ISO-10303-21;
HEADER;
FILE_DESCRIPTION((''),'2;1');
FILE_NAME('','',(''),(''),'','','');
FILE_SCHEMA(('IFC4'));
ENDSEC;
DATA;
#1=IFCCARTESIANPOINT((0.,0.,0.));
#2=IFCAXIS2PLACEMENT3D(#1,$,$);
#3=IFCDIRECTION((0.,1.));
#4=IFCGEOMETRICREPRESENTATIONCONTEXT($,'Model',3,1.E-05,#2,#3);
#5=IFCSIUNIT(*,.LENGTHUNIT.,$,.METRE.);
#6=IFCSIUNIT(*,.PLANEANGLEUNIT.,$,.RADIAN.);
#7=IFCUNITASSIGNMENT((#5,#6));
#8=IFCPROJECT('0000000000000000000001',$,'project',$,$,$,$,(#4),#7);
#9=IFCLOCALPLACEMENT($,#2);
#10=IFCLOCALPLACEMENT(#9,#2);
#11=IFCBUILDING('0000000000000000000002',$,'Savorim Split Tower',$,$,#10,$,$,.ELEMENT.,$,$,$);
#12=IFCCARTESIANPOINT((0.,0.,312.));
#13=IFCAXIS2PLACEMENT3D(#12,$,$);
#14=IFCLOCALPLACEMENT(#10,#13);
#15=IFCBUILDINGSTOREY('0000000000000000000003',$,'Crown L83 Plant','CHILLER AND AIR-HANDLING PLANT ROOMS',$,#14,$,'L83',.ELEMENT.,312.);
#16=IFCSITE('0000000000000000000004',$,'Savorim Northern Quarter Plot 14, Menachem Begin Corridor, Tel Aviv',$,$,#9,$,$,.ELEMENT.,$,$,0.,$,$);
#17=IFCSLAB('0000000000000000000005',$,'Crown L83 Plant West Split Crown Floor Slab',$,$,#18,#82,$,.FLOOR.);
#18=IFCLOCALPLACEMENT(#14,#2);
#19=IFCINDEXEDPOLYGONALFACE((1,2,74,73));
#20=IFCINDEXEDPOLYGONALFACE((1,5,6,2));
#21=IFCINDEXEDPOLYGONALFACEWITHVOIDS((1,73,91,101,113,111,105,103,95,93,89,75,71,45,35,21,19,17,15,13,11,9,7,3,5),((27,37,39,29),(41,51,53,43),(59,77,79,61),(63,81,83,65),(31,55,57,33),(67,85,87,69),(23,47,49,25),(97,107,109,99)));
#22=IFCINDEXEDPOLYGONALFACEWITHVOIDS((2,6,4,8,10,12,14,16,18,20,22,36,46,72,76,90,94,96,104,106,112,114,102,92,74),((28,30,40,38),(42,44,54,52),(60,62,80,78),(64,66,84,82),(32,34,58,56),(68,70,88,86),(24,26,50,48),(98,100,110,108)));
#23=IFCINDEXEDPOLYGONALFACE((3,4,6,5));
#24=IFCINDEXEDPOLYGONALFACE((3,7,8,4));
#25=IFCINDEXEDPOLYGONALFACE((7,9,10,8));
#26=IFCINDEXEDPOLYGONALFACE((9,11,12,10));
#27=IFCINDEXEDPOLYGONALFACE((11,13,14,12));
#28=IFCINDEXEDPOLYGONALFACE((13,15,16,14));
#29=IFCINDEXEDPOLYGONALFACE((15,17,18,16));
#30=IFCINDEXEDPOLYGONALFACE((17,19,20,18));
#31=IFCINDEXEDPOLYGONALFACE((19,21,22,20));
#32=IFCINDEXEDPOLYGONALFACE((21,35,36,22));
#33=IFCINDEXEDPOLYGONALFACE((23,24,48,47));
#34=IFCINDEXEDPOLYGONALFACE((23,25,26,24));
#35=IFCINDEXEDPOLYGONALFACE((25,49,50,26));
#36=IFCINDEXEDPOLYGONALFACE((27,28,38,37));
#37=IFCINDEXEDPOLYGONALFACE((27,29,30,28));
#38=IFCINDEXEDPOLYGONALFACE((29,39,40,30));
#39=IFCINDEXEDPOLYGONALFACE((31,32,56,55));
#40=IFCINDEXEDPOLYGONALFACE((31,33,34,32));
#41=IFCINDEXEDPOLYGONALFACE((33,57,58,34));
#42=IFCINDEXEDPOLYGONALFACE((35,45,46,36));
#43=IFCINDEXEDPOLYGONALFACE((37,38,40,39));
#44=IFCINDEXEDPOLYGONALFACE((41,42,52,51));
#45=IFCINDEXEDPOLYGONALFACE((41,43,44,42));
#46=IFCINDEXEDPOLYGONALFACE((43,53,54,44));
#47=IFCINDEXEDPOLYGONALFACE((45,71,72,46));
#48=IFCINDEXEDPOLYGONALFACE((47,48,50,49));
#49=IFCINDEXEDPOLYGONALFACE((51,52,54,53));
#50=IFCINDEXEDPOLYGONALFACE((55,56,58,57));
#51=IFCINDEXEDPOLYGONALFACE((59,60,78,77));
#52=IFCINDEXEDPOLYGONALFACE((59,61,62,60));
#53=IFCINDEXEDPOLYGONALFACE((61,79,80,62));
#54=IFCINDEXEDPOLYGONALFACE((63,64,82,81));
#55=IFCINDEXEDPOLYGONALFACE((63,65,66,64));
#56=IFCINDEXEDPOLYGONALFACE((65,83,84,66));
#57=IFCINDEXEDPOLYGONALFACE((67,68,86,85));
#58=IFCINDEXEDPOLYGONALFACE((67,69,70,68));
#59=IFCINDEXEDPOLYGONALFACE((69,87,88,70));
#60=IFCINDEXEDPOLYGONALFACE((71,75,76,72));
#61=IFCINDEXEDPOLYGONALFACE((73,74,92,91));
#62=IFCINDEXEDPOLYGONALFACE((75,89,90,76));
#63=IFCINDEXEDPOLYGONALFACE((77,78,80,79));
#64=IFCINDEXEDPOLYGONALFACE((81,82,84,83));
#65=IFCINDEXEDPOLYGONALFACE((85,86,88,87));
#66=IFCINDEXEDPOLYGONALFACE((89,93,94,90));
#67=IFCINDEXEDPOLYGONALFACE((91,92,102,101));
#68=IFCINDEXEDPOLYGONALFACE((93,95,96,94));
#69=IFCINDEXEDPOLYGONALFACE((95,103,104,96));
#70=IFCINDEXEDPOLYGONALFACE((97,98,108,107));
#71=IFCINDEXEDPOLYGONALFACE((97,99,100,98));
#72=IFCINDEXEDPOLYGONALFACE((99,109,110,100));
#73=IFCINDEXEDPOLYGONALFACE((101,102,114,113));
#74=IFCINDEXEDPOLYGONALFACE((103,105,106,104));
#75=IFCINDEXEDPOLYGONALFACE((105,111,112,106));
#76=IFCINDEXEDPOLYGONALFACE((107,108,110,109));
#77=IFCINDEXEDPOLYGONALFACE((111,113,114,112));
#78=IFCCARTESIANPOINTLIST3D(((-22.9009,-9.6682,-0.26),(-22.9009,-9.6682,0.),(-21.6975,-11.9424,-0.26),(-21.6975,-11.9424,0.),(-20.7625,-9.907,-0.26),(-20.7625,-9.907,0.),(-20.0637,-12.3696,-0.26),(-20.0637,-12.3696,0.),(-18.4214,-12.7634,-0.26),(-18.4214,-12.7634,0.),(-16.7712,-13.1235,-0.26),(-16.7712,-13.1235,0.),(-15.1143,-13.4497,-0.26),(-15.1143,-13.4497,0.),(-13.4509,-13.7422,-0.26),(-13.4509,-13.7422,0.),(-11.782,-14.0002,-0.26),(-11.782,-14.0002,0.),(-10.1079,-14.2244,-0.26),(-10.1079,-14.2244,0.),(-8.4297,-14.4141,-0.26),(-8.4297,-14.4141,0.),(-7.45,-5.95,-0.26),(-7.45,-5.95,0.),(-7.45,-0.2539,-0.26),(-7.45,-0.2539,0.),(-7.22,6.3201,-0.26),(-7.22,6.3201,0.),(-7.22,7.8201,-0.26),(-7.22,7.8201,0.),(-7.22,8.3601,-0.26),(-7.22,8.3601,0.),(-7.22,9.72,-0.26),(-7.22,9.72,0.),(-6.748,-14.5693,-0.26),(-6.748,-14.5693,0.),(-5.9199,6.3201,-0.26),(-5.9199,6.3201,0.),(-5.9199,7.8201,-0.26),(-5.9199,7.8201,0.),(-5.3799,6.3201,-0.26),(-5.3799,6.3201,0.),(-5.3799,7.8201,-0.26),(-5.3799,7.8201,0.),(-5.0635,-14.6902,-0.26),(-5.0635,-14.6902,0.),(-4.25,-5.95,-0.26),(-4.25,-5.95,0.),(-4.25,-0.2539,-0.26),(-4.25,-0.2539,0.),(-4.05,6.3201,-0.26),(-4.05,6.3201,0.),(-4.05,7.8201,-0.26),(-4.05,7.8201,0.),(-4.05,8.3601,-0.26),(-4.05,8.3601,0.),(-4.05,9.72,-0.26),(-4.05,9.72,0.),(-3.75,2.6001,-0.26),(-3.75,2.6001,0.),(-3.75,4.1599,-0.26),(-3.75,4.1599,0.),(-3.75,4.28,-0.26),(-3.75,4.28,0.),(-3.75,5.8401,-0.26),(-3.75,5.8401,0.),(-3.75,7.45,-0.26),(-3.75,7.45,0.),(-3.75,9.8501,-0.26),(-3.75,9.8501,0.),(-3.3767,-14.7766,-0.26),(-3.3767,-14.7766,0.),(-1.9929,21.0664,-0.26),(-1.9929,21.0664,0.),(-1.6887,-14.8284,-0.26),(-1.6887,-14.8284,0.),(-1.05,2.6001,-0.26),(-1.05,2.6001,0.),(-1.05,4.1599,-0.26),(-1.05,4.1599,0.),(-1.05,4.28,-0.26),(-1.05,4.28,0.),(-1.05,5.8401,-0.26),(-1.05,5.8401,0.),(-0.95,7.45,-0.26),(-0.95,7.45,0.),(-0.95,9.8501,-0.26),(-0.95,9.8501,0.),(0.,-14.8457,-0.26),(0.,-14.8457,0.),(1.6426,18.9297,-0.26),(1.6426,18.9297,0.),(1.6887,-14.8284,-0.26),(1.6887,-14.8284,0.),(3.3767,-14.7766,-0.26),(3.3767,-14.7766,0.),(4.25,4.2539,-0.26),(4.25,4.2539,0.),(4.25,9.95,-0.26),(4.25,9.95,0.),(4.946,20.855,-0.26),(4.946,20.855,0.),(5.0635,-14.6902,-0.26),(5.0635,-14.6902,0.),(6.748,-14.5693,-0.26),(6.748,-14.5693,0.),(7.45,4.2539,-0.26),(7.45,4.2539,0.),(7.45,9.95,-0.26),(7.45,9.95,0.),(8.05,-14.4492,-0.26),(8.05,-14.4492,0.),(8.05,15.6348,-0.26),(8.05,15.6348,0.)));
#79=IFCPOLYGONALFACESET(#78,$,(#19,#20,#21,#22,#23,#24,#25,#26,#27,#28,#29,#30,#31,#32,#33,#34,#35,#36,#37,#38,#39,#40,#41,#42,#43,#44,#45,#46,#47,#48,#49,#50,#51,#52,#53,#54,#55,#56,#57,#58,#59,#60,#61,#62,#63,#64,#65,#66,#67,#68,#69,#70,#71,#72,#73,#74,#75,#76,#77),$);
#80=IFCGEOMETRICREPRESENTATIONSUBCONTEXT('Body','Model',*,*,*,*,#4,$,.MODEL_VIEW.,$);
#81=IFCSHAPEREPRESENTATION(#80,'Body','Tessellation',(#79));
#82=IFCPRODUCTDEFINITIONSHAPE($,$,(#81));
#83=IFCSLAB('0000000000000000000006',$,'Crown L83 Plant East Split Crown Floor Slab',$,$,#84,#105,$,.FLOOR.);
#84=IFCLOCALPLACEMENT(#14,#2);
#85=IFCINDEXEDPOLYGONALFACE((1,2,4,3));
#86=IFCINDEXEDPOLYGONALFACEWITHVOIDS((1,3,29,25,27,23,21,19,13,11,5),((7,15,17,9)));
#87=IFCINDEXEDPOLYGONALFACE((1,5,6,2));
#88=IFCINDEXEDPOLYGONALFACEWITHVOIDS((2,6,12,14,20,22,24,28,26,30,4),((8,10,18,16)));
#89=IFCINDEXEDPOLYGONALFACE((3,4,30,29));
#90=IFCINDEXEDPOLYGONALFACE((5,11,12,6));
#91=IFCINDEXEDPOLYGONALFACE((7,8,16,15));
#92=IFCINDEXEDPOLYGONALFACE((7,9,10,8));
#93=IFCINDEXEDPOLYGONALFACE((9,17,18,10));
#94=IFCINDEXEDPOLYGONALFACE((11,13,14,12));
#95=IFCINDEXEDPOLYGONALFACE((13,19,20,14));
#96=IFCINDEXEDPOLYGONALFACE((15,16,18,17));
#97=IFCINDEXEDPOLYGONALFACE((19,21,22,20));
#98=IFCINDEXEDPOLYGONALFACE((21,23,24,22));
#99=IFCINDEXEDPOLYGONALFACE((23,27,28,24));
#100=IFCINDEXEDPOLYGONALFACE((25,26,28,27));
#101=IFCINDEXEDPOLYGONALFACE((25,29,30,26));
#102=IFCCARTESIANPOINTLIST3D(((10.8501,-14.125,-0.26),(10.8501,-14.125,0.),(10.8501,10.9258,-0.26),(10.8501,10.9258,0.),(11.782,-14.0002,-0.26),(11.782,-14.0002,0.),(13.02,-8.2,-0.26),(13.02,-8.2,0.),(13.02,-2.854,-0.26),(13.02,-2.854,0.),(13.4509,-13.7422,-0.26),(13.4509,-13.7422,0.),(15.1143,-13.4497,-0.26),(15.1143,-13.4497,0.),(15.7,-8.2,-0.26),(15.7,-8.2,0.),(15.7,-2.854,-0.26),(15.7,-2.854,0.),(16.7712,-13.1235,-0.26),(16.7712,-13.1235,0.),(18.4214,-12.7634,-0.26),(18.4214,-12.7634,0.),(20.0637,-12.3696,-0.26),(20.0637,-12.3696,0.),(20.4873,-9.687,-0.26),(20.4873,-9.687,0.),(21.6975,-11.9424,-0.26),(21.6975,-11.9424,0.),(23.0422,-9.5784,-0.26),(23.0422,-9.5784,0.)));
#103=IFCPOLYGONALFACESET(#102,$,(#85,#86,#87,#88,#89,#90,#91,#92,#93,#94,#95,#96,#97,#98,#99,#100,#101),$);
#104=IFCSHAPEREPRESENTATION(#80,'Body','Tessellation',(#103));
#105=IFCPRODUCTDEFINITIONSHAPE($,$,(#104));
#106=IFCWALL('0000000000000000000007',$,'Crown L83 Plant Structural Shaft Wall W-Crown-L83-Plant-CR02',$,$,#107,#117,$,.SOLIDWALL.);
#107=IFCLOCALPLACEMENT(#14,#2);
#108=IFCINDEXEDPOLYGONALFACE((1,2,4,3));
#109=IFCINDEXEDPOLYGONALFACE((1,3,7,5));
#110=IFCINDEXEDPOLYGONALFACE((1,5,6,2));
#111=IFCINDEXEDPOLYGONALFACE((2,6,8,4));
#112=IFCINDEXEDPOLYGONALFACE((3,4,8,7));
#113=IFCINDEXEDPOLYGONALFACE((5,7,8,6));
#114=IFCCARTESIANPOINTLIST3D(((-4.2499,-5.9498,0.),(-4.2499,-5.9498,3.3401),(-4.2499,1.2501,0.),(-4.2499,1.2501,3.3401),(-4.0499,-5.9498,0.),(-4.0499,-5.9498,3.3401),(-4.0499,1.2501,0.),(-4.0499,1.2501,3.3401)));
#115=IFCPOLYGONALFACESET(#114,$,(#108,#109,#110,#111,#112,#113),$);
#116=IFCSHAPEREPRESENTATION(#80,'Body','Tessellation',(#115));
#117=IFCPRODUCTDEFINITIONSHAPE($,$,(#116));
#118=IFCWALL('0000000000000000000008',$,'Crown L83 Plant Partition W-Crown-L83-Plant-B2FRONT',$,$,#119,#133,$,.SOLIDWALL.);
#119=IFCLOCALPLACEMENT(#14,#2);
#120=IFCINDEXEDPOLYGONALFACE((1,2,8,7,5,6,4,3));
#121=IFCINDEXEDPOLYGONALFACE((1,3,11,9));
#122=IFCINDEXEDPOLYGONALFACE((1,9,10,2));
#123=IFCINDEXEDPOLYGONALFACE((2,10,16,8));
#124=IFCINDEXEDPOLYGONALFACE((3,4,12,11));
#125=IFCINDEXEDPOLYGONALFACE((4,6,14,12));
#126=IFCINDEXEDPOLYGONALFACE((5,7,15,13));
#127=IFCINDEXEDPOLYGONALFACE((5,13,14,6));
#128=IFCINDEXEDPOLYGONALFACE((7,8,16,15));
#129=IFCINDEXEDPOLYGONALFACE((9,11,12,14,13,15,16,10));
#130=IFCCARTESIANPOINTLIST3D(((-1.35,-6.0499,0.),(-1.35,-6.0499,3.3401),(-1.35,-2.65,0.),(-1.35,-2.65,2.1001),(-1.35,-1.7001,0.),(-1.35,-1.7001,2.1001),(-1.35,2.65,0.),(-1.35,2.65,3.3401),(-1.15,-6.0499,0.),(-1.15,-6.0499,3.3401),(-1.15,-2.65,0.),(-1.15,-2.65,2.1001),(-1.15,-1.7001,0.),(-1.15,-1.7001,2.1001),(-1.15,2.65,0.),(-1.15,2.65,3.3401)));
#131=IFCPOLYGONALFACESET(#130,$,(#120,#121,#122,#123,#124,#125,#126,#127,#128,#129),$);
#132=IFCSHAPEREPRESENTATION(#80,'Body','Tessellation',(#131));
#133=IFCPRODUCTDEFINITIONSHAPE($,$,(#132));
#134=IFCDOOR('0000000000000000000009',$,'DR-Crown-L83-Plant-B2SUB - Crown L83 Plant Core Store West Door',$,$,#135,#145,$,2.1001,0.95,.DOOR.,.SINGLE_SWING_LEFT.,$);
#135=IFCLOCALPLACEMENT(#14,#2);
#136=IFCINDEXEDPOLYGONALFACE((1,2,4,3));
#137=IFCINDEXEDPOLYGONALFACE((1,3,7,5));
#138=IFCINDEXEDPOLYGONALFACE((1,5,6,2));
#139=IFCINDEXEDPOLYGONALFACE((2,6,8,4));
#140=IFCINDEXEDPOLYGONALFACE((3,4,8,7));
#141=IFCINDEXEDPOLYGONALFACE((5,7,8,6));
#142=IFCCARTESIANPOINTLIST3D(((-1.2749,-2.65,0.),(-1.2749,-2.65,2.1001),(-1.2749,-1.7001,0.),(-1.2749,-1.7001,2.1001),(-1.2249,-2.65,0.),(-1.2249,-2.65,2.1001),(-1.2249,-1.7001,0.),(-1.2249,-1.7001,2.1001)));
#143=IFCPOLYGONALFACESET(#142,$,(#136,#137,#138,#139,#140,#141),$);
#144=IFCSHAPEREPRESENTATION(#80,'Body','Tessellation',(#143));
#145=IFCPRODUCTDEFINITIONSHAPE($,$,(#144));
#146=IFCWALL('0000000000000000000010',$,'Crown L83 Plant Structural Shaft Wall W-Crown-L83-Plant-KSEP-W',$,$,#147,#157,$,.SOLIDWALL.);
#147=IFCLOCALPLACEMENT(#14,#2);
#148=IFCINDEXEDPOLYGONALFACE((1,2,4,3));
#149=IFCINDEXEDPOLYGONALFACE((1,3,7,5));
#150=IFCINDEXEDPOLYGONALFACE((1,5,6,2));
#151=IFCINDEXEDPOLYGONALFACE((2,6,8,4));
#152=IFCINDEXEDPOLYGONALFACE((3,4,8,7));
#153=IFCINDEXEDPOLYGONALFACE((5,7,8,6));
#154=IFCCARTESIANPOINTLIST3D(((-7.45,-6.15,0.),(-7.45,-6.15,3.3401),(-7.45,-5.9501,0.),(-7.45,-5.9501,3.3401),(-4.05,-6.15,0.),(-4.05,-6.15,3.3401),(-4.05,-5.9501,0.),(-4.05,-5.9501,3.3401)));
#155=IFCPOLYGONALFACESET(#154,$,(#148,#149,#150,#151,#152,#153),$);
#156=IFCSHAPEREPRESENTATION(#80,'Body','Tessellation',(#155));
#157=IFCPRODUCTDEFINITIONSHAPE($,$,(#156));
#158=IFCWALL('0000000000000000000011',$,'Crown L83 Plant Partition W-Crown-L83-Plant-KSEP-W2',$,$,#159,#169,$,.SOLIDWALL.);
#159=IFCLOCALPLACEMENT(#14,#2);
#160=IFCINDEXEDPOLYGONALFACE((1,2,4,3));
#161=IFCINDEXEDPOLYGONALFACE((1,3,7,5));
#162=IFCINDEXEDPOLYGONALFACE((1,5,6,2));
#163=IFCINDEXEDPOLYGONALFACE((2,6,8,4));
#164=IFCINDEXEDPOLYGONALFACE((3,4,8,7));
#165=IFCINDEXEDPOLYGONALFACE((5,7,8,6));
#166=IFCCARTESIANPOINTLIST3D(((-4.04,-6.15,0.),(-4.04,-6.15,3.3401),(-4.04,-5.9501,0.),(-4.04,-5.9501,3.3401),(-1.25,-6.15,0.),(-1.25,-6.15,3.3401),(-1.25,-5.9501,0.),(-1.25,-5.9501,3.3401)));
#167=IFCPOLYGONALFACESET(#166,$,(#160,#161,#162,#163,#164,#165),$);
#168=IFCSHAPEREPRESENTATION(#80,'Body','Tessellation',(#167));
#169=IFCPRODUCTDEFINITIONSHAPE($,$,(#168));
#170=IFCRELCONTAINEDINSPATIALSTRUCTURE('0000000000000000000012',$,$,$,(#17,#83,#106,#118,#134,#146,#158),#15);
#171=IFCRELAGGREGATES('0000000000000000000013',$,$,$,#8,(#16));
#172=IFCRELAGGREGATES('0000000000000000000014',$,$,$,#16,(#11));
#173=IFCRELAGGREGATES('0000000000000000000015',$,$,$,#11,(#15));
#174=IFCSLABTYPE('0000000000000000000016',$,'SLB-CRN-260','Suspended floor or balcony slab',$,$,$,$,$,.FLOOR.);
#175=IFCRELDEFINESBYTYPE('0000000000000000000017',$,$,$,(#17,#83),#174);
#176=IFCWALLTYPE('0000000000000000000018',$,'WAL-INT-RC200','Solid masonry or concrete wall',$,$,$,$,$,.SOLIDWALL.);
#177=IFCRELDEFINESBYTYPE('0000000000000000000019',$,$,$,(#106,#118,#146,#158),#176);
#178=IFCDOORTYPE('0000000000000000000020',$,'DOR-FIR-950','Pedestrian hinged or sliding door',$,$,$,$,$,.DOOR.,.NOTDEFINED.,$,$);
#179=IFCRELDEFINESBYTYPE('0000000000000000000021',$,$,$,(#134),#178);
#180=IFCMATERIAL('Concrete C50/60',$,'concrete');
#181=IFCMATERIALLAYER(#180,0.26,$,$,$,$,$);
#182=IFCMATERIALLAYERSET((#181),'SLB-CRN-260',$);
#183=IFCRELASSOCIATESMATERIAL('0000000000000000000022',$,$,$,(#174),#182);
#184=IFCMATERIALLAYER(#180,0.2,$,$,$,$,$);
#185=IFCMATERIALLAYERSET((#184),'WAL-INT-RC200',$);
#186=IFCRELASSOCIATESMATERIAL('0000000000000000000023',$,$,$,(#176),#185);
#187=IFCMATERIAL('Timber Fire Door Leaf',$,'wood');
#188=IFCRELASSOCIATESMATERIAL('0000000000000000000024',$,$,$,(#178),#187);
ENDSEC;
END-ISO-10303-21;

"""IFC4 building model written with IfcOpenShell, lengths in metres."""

from ifc_helpers import new_model, si_unit, direction, frame, frame_2d, origin, place, context, subcontext, project, spatial, polyline, rectangle, outline, extrude, material, layer, layer_set, type_object, element, fill, save


model = new_model("IFC4")

# Units and contexts
model_context = context("Model", 3, precision=1e-05, world=origin(), true_north=direction((0.0, 1.0)))
body_context = subcontext(model_context, "Body", "Model", "MODEL_VIEW")
ifc_project = project(units=[si_unit("LENGTHUNIT", "METRE"), si_unit("PLANEANGLEUNIT", "RADIAN")], contexts=[model_context])

# Site, building, storey
site_placement = place(None, origin())
site = spatial("IfcSite", under=ifc_project, at=site_placement, Name="Savorim Northern Quarter Plot 14, Menachem Begin Corridor, Tel Aviv", CompositionType="ELEMENT", RefElevation=0.0)
building_placement = place(site_placement, origin())
building = spatial("IfcBuilding", under=site, at=building_placement, Name="Savorim Split Tower", CompositionType="ELEMENT")
storey_placement = place(building_placement, frame((0.0, 0.0, 312.0)))
storey = spatial("IfcBuildingStorey", under=building, at=storey_placement, Name="Crown L83 Plant", Description="CHILLER AND AIR-HANDLING PLANT ROOMS", LongName="L83", CompositionType="ELEMENT", Elevation=312.0)

# Slabs
ifc_material_1 = material(Name="Concrete C50/60", Category="concrete")
ifc_layer_1 = layer(ifc_material_1, 0.26)
ifc_layer_set_1 = layer_set([ifc_layer_1], Name="SLB-CRN-260")
slab_type = type_object("IfcSlabType", Name="SLB-CRN-260", Description="Suspended floor or balcony slab", PredefinedType="FLOOR", material=ifc_layer_set_1)
slab_1_placement = place(storey_placement, frame((0.0, 0.0, -0.26)))
element("IfcSlab", 1, at=slab_1_placement, inside=storey, type_object=slab_type, Name="Crown L83 Plant West Split Crown Floor Slab", PredefinedType="FLOOR", context=body_context, shape_type="SweptSolid", body=[
    extrude(outline(polyline([(8.05, -14.4492), (8.05, 15.6348), (4.946, 20.855), (1.6426, 18.9297), (-1.9929, 21.0664), (-22.9009, -9.6682), (-20.7625, -9.907), (-21.6975, -11.9424), (-20.0637, -12.3696), (-18.4214, -12.7634), (-16.7712, -13.1235), (-15.1143, -13.4497), (-13.4509, -13.7422), (-11.782, -14.0002), (-10.1079, -14.2244), (-8.4297, -14.4141), (-6.748, -14.5693), (-5.0635, -14.6902), (-3.3767, -14.7766), (-1.6887, -14.8284), (0.0, -14.8457), (1.6887, -14.8284), (3.3767, -14.7766), (5.0635, -14.6902), (6.748, -14.5693), (8.05, -14.4492)]), holes=[polyline([(-7.45, -0.2539), (-7.45, -5.95), (-4.25, -5.95), (-4.25, -0.2539), (-7.45, -0.2539)]), polyline([(7.45, 4.2539), (7.45, 9.95), (4.25, 9.95), (4.25, 4.2539), (7.45, 4.2539)]), polyline([(-3.75, 2.6001), (-1.05, 2.6001), (-1.05, 4.1599), (-3.75, 4.1599), (-3.75, 2.6001)]), polyline([(-3.75, 4.28), (-1.05, 4.28), (-1.05, 5.8401), (-3.75, 5.8401), (-3.75, 4.28)]), polyline([(-3.75, 7.45), (-0.95, 7.45), (-0.95, 9.8501), (-3.75, 9.8501), (-3.75, 7.45)]), polyline([(-7.22, 6.3201), (-5.9199, 6.3201), (-5.9199, 7.8201), (-7.22, 7.8201), (-7.22, 6.3201)]), polyline([(-5.3799, 6.3201), (-4.05, 6.3201), (-4.05, 7.8201), (-5.3799, 7.8201), (-5.3799, 6.3201)]), polyline([(-7.22, 8.3601), (-4.05, 8.3601), (-4.05, 9.72), (-7.22, 9.72), (-7.22, 8.3601)])]), origin(), (0.0, 0.0, 1.0), 0.26),
])
slab_2_placement = place(storey_placement, frame((0.0, 0.0, -0.26)))
element("IfcSlab", 2, at=slab_2_placement, inside=storey, type_object=slab_type, Name="Crown L83 Plant East Split Crown Floor Slab", PredefinedType="FLOOR", context=body_context, shape_type="SweptSolid", body=[
    extrude(outline(polyline([(10.8501, 10.9258), (10.8501, -14.125), (11.782, -14.0002), (13.4509, -13.7422), (15.1143, -13.4497), (16.7712, -13.1235), (18.4214, -12.7634), (20.0637, -12.3696), (21.6975, -11.9424), (20.4873, -9.687), (23.0422, -9.5784), (10.8501, 10.9258)]), holes=[polyline([(13.02, -2.854), (13.02, -8.2), (15.7, -8.2), (15.7, -2.854), (13.02, -2.854)])]), origin(), (0.0, 0.0, 1.0), 0.26),
])

# Wall
ifc_layer_2 = layer(ifc_material_1, 0.2)
ifc_layer_set_2 = layer_set([ifc_layer_2], Name="WAL-INT-RC200")
wall_type_1 = type_object("IfcWallType", Name="WAL-INT-RC200", Description="Solid masonry or concrete wall", PredefinedType="SOLIDWALL", material=ifc_layer_set_2)
wall_1_placement = place(storey_placement, frame((-4.1499, -5.95, 0.0), z_axis=(0.0, 0.0, 1.0), x_axis=(0.0, 1.0, 0.0)))
element("IfcWall", 3, at=wall_1_placement, inside=storey, type_object=wall_type_1, Name="Crown L83 Plant Structural Shaft Wall W-Crown-L83-Plant-CR02", PredefinedType="SOLIDWALL", context=body_context, shape_type="SweptSolid", body=[
    extrude(rectangle(XDim=7.2, YDim=0.2, at=frame_2d((3.6001, 0.0))), origin(), (0.0, 0.0, 1.0), 3.3401),
])

# Wall, opening, door
wall_2_placement = place(storey_placement, frame((-1.25, -6.05, 0.0), z_axis=(0.0, 0.0, 1.0), x_axis=(0.0, 1.0, 0.0)))
wall_2 = element("IfcWall", 4, at=wall_2_placement, inside=storey, type_object=wall_type_1, Name="Crown L83 Plant Partition W-Crown-L83-Plant-B2FRONT", PredefinedType="SOLIDWALL", context=body_context, shape_type="SweptSolid", body=[
    extrude(rectangle(XDim=8.7, YDim=0.2, at=frame_2d((4.3501, 0.0))), origin(), (0.0, 0.0, 1.0), 3.3401),
])
opening_1_placement = place(wall_2_placement, frame((3.3999, 0.0, 0.0)))
opening_1 = element("IfcOpeningElement", 5, at=opening_1_placement, cuts=wall_2, PredefinedType="OPENING", context=body_context, shape_type="SweptSolid", body=[
    extrude(rectangle(XDim=0.95, YDim=2.1001, at=frame_2d((0.4751, 1.05))), frame((0.0, 0.1099, 0.0), z_axis=(0.0, -1.0, 0.0), x_axis=(1.0, 0.0, 0.0)), (0.0, 0.0, 1.0), 0.22),
])
ifc_material_2 = material(Name="Timber Fire Door Leaf", Category="wood")
door_type = type_object("IfcDoorType", Name="DOR-FIR-950", Description="Pedestrian hinged or sliding door", OperationType="NOTDEFINED", PredefinedType="DOOR", material=ifc_material_2)
door_1_placement = place(opening_1_placement, origin())
door_1 = element("IfcDoor", 6, at=door_1_placement, inside=storey, type_object=door_type, Name="DR-Crown-L83-Plant-B2SUB - Crown L83 Plant Core Store West Door", OperationType="SINGLE_SWING_LEFT", OverallHeight=2.1001, OverallWidth=0.95, PredefinedType="DOOR", context=body_context, shape_type="SweptSolid", body=[
    extrude(rectangle(XDim=0.95, YDim=2.1001, at=frame_2d((0.4751, 1.05))), frame((0.0, 0.0249, 0.0), z_axis=(0.0, -1.0, 0.0), x_axis=(1.0, 0.0, 0.0)), (0.0, 0.0, 1.0), 0.05),
])
fill(opening_1, door_1)

# Walls
wall_3_placement = place(storey_placement, frame((-7.45, -6.05, 0.0), z_axis=(0.0, 0.0, 1.0), x_axis=(1.0, 0.0, 0.0)))
element("IfcWall", 7, at=wall_3_placement, inside=storey, type_object=wall_type_1, Name="Crown L83 Plant Structural Shaft Wall W-Crown-L83-Plant-KSEP-W", PredefinedType="SOLIDWALL", context=body_context, shape_type="SweptSolid", body=[
    extrude(rectangle(XDim=3.3999, YDim=0.2, at=frame_2d((1.7, 0.0))), origin(), (0.0, 0.0, 1.0), 3.3401),
])
wall_4_placement = place(storey_placement, frame((-4.04, -6.05, 0.0), z_axis=(0.0, 0.0, 1.0), x_axis=(1.0, 0.0, 0.0)))
element("IfcWall", 8, at=wall_4_placement, inside=storey, type_object=wall_type_1, Name="Crown L83 Plant Partition W-Crown-L83-Plant-KSEP-W2", PredefinedType="SOLIDWALL", context=body_context, shape_type="SweptSolid", body=[
    extrude(rectangle(XDim=2.79, YDim=0.2, at=frame_2d((1.395, 0.0))), origin(), (0.0, 0.0, 1.0), 3.3401),
])

save(model, "model.ifc")
